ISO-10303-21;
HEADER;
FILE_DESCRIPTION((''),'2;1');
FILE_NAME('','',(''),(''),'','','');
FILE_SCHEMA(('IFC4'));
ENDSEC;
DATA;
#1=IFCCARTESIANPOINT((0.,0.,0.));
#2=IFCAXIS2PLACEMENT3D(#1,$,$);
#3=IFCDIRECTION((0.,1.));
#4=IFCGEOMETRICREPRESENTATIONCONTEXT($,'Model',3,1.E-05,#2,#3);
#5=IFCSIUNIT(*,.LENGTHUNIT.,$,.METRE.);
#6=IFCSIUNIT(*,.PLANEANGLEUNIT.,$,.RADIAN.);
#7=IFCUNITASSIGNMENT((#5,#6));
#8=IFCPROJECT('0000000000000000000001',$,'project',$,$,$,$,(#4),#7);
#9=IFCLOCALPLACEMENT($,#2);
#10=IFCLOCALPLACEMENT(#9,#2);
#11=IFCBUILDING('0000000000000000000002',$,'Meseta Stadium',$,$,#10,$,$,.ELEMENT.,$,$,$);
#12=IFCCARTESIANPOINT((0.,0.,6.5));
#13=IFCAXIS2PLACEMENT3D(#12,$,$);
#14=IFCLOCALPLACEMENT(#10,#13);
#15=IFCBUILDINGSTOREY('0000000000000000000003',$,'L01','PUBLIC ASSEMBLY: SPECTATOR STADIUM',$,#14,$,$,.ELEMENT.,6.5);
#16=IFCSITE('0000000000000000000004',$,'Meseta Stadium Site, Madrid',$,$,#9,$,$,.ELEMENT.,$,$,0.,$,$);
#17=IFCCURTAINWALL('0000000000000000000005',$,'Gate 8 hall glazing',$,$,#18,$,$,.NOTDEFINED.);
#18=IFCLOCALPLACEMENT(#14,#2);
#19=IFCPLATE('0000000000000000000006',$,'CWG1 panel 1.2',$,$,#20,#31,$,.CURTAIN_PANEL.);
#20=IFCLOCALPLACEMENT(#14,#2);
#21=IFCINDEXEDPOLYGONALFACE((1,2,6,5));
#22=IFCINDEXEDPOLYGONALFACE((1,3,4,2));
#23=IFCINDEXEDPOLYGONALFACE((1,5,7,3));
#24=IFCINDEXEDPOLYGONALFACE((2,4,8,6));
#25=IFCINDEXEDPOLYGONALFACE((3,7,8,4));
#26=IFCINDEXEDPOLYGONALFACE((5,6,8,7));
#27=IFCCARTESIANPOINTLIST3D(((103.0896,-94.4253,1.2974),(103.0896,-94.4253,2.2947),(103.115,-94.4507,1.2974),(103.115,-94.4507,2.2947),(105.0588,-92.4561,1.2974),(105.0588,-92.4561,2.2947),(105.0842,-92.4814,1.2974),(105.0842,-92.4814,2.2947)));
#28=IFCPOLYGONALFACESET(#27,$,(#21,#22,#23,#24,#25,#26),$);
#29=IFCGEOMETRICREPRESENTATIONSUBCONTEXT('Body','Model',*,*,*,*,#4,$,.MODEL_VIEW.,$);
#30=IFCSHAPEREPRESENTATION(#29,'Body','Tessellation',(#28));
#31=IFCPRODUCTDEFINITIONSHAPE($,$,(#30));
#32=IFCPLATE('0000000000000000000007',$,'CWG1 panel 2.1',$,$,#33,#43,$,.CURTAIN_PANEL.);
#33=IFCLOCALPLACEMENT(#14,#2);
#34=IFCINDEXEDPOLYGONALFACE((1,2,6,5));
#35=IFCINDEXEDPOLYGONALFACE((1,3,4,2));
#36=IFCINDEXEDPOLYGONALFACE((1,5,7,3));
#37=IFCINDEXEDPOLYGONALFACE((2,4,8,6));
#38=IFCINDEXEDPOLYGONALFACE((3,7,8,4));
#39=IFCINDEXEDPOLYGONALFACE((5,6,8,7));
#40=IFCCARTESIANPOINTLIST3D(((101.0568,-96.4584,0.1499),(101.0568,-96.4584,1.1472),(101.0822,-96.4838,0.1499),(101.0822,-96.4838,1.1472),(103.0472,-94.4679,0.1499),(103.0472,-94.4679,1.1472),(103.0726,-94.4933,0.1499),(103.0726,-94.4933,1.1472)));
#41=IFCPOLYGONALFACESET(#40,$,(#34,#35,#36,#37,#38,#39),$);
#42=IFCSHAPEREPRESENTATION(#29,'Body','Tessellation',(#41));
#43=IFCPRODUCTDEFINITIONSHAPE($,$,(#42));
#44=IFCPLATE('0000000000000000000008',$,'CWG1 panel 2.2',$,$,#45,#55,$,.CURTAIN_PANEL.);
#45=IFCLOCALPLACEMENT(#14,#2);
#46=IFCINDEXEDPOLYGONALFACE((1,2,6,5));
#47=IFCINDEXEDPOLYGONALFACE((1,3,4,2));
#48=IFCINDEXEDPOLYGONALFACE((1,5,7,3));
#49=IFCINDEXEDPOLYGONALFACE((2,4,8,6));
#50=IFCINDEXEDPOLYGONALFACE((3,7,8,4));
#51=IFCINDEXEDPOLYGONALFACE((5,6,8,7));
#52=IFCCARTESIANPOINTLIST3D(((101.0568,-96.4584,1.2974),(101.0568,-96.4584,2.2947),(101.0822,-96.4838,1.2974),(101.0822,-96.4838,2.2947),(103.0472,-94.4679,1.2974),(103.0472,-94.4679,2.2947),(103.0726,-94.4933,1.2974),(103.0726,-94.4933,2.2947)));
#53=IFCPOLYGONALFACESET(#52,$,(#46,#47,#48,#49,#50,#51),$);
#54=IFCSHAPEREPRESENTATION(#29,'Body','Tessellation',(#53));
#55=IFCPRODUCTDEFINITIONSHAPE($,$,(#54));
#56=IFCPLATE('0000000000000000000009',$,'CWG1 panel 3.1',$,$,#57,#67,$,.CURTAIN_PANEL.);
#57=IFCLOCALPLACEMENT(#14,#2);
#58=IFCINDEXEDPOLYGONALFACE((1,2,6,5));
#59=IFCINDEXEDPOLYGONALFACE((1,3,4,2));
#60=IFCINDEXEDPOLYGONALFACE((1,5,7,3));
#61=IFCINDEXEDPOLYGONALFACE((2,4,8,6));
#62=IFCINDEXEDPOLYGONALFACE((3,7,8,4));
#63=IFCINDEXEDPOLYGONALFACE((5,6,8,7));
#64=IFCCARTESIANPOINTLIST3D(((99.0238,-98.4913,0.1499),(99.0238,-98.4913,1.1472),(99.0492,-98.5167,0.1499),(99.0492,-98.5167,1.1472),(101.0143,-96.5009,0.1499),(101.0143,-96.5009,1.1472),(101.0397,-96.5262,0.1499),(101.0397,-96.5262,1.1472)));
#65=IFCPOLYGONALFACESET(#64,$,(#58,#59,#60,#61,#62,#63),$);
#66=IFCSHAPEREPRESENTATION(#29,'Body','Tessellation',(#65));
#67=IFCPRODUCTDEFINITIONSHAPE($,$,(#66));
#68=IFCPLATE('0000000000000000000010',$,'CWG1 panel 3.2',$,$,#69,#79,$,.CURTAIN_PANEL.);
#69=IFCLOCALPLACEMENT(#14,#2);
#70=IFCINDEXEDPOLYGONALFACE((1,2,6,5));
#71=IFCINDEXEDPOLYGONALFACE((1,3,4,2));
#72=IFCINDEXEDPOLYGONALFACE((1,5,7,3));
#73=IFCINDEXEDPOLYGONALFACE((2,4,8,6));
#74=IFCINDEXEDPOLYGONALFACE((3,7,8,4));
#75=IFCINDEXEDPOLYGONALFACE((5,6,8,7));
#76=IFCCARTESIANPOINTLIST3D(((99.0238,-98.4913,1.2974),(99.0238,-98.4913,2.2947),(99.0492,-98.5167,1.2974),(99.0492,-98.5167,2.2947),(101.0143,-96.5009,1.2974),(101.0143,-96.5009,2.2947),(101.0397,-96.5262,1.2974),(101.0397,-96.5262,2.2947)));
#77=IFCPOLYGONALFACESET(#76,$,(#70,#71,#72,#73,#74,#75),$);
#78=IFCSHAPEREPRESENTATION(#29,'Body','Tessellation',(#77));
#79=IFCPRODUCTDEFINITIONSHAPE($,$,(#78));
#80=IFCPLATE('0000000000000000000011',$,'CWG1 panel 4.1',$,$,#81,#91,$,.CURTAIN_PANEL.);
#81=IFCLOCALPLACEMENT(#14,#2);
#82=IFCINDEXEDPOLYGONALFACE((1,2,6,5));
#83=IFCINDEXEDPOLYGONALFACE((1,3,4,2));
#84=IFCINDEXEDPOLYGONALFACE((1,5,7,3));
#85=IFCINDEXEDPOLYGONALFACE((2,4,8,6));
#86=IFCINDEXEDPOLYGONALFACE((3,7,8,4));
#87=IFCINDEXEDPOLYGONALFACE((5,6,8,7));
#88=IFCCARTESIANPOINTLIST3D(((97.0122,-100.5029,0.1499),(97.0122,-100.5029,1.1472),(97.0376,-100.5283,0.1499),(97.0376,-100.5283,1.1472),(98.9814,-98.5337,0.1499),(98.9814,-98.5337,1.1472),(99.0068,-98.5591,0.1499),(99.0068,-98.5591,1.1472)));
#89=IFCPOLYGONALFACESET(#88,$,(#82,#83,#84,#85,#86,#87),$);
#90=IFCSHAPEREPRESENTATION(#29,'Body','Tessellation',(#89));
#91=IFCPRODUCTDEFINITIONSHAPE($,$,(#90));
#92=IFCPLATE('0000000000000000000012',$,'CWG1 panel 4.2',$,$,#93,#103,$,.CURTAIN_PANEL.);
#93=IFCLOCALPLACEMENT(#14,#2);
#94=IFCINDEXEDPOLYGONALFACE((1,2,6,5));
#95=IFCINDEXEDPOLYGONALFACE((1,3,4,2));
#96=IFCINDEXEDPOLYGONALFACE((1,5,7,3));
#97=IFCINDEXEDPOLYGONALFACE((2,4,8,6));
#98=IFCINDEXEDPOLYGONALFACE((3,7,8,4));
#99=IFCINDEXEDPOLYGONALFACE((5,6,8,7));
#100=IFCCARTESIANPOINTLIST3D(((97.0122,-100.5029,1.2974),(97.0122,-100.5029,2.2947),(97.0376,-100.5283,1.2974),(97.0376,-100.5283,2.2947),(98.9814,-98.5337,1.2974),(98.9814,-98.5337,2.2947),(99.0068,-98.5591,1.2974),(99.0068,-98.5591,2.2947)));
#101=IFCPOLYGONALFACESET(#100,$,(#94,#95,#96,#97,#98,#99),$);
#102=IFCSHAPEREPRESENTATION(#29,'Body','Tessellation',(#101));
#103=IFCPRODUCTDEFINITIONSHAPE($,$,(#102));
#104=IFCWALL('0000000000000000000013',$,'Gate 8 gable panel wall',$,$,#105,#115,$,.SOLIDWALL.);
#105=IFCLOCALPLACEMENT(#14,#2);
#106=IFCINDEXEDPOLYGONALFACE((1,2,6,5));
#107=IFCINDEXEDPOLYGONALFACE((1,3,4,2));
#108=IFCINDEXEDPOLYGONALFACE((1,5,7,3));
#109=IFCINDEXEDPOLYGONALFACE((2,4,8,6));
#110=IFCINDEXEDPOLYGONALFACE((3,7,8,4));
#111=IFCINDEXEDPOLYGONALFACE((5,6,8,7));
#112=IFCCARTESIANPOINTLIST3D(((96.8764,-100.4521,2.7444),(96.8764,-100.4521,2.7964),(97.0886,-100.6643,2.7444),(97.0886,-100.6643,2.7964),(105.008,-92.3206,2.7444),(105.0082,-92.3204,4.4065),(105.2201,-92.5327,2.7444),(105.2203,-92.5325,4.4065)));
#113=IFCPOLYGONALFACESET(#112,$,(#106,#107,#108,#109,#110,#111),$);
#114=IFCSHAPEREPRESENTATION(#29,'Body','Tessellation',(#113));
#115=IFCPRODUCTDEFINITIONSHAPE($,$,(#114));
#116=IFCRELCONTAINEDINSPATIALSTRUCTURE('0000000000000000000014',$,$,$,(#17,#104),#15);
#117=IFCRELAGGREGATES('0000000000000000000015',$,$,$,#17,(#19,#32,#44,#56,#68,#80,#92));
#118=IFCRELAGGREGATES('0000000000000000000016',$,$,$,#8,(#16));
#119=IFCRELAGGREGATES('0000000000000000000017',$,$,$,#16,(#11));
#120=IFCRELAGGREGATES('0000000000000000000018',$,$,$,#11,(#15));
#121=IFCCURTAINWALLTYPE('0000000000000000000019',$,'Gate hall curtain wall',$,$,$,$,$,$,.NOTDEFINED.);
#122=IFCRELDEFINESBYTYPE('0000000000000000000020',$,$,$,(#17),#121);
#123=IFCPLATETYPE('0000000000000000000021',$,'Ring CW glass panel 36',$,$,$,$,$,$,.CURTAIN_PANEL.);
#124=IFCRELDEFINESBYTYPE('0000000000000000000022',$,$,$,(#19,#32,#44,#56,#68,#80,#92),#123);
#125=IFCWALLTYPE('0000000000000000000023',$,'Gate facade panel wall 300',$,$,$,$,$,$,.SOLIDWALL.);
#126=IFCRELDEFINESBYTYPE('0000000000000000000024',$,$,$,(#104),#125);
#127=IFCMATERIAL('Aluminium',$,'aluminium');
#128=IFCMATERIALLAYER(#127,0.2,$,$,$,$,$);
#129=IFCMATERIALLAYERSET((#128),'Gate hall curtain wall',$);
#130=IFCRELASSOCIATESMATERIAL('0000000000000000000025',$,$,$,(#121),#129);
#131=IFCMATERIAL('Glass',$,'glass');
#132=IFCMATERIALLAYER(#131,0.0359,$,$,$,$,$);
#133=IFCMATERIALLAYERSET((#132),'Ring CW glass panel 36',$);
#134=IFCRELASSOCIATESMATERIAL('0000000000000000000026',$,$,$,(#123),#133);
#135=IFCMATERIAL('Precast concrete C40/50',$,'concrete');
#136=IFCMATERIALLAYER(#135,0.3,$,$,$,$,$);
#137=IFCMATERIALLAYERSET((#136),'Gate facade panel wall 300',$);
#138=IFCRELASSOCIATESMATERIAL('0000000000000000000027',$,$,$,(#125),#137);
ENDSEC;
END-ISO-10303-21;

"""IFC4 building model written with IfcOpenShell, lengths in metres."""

from ifc_helpers import new_model, si_unit, direction, frame, origin, origin_2d, place, context, subcontext, project, spatial, polyline, rectangle, outline, extrude, material, layer, layer_set, type_object, element, aggregate, save


model = new_model("IFC4")

# Units and contexts
model_context = context("Model", 3, precision=1e-05, world=origin(), true_north=direction((0.0, 1.0)))
body_context = subcontext(model_context, "Body", "Model", "MODEL_VIEW")
ifc_project = project(units=[si_unit("LENGTHUNIT", "METRE"), si_unit("PLANEANGLEUNIT", "RADIAN")], contexts=[model_context])

# Site, building, storey
site_placement = place(None, origin())
site = spatial("IfcSite", under=ifc_project, at=site_placement, Name="Meseta Stadium Site, Madrid", CompositionType="ELEMENT", RefElevation=0.0)
building_placement = place(site_placement, origin())
building = spatial("IfcBuilding", under=site, at=building_placement, Name="Meseta Stadium", CompositionType="ELEMENT")
storey_placement = place(building_placement, frame((0.0, 0.0, 6.5)))
storey = spatial("IfcBuildingStorey", under=building, at=storey_placement, Name="L01", Description="PUBLIC ASSEMBLY: SPECTATOR STADIUM", CompositionType="ELEMENT", Elevation=6.5)

# Curtain wall
ifc_material_1 = material(Name="Aluminium", Category="aluminium")
ifc_layer_1 = layer(ifc_material_1, 0.2)
ifc_layer_set_1 = layer_set([ifc_layer_1], Name="Gate hall curtain wall")
curtain_wall_type = type_object("IfcCurtainWallType", Name="Gate hall curtain wall", PredefinedType="NOTDEFINED", material=ifc_layer_set_1)
curtain_wall_placement = place(storey_placement, origin())
curtain_wall = element("IfcCurtainWall", 1, at=curtain_wall_placement, inside=storey, type_object=curtain_wall_type, Name="Gate 8 hall glazing", PredefinedType="NOTDEFINED")

# Plates
ifc_material_2 = material(Name="Glass", Category="glass")
ifc_layer_2 = layer(ifc_material_2, 0.0359)
ifc_layer_set_2 = layer_set([ifc_layer_2], Name="Ring CW glass panel 36")
plate_type = type_object("IfcPlateType", Name="Ring CW glass panel 36", PredefinedType="CURTAIN_PANEL", material=ifc_layer_set_2)
plate_1_placement = place(storey_placement, frame((104.0869, -93.4534, 1.2974), z_axis=(0.0, 0.0, 1.0), x_axis=(-0.707107, -0.707107, 0.0)))
plate_1 = element("IfcPlate", 2, at=plate_1_placement, type_object=plate_type, Name="CWG1 panel 1.2", PredefinedType="CURTAIN_PANEL", context=body_context, shape_type="SweptSolid", body=[
    extrude(rectangle(XDim=2.7849, YDim=0.0359, at=origin_2d()), origin(), (0.0, 0.0, 1.0), 0.9973),
])
plate_2_placement = place(storey_placement, frame((102.0647, -95.4758, 0.1499), z_axis=(0.0, 0.0, 1.0), x_axis=(-0.707107, -0.707107, 0.0)))
plate_2 = element("IfcPlate", 3, at=plate_2_placement, type_object=plate_type, Name="CWG1 panel 2.1", PredefinedType="CURTAIN_PANEL", context=body_context, shape_type="SweptSolid", body=[
    extrude(rectangle(XDim=2.8149, YDim=0.0359, at=origin_2d()), origin(), (0.0, 0.0, 1.0), 0.9973),
])
plate_3_placement = place(storey_placement, frame((102.0647, -95.4758, 1.2974), z_axis=(0.0, 0.0, 1.0), x_axis=(-0.707107, -0.707107, 0.0)))
plate_3 = element("IfcPlate", 4, at=plate_3_placement, type_object=plate_type, Name="CWG1 panel 2.2", PredefinedType="CURTAIN_PANEL", context=body_context, shape_type="SweptSolid", body=[
    extrude(rectangle(XDim=2.8149, YDim=0.0359, at=origin_2d()), origin(), (0.0, 0.0, 1.0), 0.9973),
])
plate_4_placement = place(storey_placement, frame((100.0317, -97.5088, 0.1499), z_axis=(0.0, 0.0, 1.0), x_axis=(-0.707107, -0.707107, 0.0)))
plate_4 = element("IfcPlate", 5, at=plate_4_placement, type_object=plate_type, Name="CWG1 panel 3.1", PredefinedType="CURTAIN_PANEL", context=body_context, shape_type="SweptSolid", body=[
    extrude(rectangle(XDim=2.8149, YDim=0.0359, at=origin_2d()), origin(), (0.0, 0.0, 1.0), 0.9973),
])
plate_5_placement = place(storey_placement, frame((100.0317, -97.5088, 1.2974), z_axis=(0.0, 0.0, 1.0), x_axis=(-0.707107, -0.707107, 0.0)))
plate_5 = element("IfcPlate", 6, at=plate_5_placement, type_object=plate_type, Name="CWG1 panel 3.2", PredefinedType="CURTAIN_PANEL", context=body_context, shape_type="SweptSolid", body=[
    extrude(rectangle(XDim=2.8149, YDim=0.0359, at=origin_2d()), origin(), (0.0, 0.0, 1.0), 0.9973),
])
plate_6_placement = place(storey_placement, frame((98.0095, -99.531, 0.1499), z_axis=(0.0, 0.0, 1.0), x_axis=(-0.707107, -0.707107, 0.0)))
plate_6 = element("IfcPlate", 7, at=plate_6_placement, type_object=plate_type, Name="CWG1 panel 4.1", PredefinedType="CURTAIN_PANEL", context=body_context, shape_type="SweptSolid", body=[
    extrude(rectangle(XDim=2.7849, YDim=0.0359, at=origin_2d()), origin(), (0.0, 0.0, 1.0), 0.9973),
])
plate_7_placement = place(storey_placement, frame((98.0095, -99.531, 1.2974), z_axis=(0.0, 0.0, 1.0), x_axis=(-0.707107, -0.707107, 0.0)))
plate_7 = element("IfcPlate", 8, at=plate_7_placement, type_object=plate_type, Name="CWG1 panel 4.2", PredefinedType="CURTAIN_PANEL", context=body_context, shape_type="SweptSolid", body=[
    extrude(rectangle(XDim=2.7849, YDim=0.0359, at=origin_2d()), origin(), (0.0, 0.0, 1.0), 0.9973),
])
aggregate(curtain_wall, [plate_1, plate_2, plate_3, plate_4, plate_5, plate_6, plate_7])

# Wall
ifc_material_3 = material(Name="Precast concrete C40/50", Category="concrete")
ifc_layer_3 = layer(ifc_material_3, 0.3)
ifc_layer_set_3 = layer_set([ifc_layer_3], Name="Gate facade panel wall 300")
wall_type = type_object("IfcWallType", Name="Gate facade panel wall 300", PredefinedType="SOLIDWALL", material=ifc_layer_set_3)
wall_placement = place(storey_placement, frame((96.9824, -100.5581, 2.7444), z_axis=(0.0, 0.0, 1.0), x_axis=(0.707107, 0.707107, 0.0)))
element("IfcWall", 9, at=wall_placement, inside=storey, type_object=wall_type, Name="Gate 8 gable panel wall", PredefinedType="SOLIDWALL", context=body_context, shape_type="SweptSolid", body=[
    extrude(outline(polyline([(0.0, 0.0), (11.4998, 0.0), (11.5, 1.6621), (0.0, 0.052), (0.0, 0.0)])), frame((0.0, 0.1499, 0.0), z_axis=(0.0, -1.0, 0.0), x_axis=(1.0, 0.0, 0.0)), (0.0, 0.0, 1.0), 0.3),
])

save(model, "model.ifc")
